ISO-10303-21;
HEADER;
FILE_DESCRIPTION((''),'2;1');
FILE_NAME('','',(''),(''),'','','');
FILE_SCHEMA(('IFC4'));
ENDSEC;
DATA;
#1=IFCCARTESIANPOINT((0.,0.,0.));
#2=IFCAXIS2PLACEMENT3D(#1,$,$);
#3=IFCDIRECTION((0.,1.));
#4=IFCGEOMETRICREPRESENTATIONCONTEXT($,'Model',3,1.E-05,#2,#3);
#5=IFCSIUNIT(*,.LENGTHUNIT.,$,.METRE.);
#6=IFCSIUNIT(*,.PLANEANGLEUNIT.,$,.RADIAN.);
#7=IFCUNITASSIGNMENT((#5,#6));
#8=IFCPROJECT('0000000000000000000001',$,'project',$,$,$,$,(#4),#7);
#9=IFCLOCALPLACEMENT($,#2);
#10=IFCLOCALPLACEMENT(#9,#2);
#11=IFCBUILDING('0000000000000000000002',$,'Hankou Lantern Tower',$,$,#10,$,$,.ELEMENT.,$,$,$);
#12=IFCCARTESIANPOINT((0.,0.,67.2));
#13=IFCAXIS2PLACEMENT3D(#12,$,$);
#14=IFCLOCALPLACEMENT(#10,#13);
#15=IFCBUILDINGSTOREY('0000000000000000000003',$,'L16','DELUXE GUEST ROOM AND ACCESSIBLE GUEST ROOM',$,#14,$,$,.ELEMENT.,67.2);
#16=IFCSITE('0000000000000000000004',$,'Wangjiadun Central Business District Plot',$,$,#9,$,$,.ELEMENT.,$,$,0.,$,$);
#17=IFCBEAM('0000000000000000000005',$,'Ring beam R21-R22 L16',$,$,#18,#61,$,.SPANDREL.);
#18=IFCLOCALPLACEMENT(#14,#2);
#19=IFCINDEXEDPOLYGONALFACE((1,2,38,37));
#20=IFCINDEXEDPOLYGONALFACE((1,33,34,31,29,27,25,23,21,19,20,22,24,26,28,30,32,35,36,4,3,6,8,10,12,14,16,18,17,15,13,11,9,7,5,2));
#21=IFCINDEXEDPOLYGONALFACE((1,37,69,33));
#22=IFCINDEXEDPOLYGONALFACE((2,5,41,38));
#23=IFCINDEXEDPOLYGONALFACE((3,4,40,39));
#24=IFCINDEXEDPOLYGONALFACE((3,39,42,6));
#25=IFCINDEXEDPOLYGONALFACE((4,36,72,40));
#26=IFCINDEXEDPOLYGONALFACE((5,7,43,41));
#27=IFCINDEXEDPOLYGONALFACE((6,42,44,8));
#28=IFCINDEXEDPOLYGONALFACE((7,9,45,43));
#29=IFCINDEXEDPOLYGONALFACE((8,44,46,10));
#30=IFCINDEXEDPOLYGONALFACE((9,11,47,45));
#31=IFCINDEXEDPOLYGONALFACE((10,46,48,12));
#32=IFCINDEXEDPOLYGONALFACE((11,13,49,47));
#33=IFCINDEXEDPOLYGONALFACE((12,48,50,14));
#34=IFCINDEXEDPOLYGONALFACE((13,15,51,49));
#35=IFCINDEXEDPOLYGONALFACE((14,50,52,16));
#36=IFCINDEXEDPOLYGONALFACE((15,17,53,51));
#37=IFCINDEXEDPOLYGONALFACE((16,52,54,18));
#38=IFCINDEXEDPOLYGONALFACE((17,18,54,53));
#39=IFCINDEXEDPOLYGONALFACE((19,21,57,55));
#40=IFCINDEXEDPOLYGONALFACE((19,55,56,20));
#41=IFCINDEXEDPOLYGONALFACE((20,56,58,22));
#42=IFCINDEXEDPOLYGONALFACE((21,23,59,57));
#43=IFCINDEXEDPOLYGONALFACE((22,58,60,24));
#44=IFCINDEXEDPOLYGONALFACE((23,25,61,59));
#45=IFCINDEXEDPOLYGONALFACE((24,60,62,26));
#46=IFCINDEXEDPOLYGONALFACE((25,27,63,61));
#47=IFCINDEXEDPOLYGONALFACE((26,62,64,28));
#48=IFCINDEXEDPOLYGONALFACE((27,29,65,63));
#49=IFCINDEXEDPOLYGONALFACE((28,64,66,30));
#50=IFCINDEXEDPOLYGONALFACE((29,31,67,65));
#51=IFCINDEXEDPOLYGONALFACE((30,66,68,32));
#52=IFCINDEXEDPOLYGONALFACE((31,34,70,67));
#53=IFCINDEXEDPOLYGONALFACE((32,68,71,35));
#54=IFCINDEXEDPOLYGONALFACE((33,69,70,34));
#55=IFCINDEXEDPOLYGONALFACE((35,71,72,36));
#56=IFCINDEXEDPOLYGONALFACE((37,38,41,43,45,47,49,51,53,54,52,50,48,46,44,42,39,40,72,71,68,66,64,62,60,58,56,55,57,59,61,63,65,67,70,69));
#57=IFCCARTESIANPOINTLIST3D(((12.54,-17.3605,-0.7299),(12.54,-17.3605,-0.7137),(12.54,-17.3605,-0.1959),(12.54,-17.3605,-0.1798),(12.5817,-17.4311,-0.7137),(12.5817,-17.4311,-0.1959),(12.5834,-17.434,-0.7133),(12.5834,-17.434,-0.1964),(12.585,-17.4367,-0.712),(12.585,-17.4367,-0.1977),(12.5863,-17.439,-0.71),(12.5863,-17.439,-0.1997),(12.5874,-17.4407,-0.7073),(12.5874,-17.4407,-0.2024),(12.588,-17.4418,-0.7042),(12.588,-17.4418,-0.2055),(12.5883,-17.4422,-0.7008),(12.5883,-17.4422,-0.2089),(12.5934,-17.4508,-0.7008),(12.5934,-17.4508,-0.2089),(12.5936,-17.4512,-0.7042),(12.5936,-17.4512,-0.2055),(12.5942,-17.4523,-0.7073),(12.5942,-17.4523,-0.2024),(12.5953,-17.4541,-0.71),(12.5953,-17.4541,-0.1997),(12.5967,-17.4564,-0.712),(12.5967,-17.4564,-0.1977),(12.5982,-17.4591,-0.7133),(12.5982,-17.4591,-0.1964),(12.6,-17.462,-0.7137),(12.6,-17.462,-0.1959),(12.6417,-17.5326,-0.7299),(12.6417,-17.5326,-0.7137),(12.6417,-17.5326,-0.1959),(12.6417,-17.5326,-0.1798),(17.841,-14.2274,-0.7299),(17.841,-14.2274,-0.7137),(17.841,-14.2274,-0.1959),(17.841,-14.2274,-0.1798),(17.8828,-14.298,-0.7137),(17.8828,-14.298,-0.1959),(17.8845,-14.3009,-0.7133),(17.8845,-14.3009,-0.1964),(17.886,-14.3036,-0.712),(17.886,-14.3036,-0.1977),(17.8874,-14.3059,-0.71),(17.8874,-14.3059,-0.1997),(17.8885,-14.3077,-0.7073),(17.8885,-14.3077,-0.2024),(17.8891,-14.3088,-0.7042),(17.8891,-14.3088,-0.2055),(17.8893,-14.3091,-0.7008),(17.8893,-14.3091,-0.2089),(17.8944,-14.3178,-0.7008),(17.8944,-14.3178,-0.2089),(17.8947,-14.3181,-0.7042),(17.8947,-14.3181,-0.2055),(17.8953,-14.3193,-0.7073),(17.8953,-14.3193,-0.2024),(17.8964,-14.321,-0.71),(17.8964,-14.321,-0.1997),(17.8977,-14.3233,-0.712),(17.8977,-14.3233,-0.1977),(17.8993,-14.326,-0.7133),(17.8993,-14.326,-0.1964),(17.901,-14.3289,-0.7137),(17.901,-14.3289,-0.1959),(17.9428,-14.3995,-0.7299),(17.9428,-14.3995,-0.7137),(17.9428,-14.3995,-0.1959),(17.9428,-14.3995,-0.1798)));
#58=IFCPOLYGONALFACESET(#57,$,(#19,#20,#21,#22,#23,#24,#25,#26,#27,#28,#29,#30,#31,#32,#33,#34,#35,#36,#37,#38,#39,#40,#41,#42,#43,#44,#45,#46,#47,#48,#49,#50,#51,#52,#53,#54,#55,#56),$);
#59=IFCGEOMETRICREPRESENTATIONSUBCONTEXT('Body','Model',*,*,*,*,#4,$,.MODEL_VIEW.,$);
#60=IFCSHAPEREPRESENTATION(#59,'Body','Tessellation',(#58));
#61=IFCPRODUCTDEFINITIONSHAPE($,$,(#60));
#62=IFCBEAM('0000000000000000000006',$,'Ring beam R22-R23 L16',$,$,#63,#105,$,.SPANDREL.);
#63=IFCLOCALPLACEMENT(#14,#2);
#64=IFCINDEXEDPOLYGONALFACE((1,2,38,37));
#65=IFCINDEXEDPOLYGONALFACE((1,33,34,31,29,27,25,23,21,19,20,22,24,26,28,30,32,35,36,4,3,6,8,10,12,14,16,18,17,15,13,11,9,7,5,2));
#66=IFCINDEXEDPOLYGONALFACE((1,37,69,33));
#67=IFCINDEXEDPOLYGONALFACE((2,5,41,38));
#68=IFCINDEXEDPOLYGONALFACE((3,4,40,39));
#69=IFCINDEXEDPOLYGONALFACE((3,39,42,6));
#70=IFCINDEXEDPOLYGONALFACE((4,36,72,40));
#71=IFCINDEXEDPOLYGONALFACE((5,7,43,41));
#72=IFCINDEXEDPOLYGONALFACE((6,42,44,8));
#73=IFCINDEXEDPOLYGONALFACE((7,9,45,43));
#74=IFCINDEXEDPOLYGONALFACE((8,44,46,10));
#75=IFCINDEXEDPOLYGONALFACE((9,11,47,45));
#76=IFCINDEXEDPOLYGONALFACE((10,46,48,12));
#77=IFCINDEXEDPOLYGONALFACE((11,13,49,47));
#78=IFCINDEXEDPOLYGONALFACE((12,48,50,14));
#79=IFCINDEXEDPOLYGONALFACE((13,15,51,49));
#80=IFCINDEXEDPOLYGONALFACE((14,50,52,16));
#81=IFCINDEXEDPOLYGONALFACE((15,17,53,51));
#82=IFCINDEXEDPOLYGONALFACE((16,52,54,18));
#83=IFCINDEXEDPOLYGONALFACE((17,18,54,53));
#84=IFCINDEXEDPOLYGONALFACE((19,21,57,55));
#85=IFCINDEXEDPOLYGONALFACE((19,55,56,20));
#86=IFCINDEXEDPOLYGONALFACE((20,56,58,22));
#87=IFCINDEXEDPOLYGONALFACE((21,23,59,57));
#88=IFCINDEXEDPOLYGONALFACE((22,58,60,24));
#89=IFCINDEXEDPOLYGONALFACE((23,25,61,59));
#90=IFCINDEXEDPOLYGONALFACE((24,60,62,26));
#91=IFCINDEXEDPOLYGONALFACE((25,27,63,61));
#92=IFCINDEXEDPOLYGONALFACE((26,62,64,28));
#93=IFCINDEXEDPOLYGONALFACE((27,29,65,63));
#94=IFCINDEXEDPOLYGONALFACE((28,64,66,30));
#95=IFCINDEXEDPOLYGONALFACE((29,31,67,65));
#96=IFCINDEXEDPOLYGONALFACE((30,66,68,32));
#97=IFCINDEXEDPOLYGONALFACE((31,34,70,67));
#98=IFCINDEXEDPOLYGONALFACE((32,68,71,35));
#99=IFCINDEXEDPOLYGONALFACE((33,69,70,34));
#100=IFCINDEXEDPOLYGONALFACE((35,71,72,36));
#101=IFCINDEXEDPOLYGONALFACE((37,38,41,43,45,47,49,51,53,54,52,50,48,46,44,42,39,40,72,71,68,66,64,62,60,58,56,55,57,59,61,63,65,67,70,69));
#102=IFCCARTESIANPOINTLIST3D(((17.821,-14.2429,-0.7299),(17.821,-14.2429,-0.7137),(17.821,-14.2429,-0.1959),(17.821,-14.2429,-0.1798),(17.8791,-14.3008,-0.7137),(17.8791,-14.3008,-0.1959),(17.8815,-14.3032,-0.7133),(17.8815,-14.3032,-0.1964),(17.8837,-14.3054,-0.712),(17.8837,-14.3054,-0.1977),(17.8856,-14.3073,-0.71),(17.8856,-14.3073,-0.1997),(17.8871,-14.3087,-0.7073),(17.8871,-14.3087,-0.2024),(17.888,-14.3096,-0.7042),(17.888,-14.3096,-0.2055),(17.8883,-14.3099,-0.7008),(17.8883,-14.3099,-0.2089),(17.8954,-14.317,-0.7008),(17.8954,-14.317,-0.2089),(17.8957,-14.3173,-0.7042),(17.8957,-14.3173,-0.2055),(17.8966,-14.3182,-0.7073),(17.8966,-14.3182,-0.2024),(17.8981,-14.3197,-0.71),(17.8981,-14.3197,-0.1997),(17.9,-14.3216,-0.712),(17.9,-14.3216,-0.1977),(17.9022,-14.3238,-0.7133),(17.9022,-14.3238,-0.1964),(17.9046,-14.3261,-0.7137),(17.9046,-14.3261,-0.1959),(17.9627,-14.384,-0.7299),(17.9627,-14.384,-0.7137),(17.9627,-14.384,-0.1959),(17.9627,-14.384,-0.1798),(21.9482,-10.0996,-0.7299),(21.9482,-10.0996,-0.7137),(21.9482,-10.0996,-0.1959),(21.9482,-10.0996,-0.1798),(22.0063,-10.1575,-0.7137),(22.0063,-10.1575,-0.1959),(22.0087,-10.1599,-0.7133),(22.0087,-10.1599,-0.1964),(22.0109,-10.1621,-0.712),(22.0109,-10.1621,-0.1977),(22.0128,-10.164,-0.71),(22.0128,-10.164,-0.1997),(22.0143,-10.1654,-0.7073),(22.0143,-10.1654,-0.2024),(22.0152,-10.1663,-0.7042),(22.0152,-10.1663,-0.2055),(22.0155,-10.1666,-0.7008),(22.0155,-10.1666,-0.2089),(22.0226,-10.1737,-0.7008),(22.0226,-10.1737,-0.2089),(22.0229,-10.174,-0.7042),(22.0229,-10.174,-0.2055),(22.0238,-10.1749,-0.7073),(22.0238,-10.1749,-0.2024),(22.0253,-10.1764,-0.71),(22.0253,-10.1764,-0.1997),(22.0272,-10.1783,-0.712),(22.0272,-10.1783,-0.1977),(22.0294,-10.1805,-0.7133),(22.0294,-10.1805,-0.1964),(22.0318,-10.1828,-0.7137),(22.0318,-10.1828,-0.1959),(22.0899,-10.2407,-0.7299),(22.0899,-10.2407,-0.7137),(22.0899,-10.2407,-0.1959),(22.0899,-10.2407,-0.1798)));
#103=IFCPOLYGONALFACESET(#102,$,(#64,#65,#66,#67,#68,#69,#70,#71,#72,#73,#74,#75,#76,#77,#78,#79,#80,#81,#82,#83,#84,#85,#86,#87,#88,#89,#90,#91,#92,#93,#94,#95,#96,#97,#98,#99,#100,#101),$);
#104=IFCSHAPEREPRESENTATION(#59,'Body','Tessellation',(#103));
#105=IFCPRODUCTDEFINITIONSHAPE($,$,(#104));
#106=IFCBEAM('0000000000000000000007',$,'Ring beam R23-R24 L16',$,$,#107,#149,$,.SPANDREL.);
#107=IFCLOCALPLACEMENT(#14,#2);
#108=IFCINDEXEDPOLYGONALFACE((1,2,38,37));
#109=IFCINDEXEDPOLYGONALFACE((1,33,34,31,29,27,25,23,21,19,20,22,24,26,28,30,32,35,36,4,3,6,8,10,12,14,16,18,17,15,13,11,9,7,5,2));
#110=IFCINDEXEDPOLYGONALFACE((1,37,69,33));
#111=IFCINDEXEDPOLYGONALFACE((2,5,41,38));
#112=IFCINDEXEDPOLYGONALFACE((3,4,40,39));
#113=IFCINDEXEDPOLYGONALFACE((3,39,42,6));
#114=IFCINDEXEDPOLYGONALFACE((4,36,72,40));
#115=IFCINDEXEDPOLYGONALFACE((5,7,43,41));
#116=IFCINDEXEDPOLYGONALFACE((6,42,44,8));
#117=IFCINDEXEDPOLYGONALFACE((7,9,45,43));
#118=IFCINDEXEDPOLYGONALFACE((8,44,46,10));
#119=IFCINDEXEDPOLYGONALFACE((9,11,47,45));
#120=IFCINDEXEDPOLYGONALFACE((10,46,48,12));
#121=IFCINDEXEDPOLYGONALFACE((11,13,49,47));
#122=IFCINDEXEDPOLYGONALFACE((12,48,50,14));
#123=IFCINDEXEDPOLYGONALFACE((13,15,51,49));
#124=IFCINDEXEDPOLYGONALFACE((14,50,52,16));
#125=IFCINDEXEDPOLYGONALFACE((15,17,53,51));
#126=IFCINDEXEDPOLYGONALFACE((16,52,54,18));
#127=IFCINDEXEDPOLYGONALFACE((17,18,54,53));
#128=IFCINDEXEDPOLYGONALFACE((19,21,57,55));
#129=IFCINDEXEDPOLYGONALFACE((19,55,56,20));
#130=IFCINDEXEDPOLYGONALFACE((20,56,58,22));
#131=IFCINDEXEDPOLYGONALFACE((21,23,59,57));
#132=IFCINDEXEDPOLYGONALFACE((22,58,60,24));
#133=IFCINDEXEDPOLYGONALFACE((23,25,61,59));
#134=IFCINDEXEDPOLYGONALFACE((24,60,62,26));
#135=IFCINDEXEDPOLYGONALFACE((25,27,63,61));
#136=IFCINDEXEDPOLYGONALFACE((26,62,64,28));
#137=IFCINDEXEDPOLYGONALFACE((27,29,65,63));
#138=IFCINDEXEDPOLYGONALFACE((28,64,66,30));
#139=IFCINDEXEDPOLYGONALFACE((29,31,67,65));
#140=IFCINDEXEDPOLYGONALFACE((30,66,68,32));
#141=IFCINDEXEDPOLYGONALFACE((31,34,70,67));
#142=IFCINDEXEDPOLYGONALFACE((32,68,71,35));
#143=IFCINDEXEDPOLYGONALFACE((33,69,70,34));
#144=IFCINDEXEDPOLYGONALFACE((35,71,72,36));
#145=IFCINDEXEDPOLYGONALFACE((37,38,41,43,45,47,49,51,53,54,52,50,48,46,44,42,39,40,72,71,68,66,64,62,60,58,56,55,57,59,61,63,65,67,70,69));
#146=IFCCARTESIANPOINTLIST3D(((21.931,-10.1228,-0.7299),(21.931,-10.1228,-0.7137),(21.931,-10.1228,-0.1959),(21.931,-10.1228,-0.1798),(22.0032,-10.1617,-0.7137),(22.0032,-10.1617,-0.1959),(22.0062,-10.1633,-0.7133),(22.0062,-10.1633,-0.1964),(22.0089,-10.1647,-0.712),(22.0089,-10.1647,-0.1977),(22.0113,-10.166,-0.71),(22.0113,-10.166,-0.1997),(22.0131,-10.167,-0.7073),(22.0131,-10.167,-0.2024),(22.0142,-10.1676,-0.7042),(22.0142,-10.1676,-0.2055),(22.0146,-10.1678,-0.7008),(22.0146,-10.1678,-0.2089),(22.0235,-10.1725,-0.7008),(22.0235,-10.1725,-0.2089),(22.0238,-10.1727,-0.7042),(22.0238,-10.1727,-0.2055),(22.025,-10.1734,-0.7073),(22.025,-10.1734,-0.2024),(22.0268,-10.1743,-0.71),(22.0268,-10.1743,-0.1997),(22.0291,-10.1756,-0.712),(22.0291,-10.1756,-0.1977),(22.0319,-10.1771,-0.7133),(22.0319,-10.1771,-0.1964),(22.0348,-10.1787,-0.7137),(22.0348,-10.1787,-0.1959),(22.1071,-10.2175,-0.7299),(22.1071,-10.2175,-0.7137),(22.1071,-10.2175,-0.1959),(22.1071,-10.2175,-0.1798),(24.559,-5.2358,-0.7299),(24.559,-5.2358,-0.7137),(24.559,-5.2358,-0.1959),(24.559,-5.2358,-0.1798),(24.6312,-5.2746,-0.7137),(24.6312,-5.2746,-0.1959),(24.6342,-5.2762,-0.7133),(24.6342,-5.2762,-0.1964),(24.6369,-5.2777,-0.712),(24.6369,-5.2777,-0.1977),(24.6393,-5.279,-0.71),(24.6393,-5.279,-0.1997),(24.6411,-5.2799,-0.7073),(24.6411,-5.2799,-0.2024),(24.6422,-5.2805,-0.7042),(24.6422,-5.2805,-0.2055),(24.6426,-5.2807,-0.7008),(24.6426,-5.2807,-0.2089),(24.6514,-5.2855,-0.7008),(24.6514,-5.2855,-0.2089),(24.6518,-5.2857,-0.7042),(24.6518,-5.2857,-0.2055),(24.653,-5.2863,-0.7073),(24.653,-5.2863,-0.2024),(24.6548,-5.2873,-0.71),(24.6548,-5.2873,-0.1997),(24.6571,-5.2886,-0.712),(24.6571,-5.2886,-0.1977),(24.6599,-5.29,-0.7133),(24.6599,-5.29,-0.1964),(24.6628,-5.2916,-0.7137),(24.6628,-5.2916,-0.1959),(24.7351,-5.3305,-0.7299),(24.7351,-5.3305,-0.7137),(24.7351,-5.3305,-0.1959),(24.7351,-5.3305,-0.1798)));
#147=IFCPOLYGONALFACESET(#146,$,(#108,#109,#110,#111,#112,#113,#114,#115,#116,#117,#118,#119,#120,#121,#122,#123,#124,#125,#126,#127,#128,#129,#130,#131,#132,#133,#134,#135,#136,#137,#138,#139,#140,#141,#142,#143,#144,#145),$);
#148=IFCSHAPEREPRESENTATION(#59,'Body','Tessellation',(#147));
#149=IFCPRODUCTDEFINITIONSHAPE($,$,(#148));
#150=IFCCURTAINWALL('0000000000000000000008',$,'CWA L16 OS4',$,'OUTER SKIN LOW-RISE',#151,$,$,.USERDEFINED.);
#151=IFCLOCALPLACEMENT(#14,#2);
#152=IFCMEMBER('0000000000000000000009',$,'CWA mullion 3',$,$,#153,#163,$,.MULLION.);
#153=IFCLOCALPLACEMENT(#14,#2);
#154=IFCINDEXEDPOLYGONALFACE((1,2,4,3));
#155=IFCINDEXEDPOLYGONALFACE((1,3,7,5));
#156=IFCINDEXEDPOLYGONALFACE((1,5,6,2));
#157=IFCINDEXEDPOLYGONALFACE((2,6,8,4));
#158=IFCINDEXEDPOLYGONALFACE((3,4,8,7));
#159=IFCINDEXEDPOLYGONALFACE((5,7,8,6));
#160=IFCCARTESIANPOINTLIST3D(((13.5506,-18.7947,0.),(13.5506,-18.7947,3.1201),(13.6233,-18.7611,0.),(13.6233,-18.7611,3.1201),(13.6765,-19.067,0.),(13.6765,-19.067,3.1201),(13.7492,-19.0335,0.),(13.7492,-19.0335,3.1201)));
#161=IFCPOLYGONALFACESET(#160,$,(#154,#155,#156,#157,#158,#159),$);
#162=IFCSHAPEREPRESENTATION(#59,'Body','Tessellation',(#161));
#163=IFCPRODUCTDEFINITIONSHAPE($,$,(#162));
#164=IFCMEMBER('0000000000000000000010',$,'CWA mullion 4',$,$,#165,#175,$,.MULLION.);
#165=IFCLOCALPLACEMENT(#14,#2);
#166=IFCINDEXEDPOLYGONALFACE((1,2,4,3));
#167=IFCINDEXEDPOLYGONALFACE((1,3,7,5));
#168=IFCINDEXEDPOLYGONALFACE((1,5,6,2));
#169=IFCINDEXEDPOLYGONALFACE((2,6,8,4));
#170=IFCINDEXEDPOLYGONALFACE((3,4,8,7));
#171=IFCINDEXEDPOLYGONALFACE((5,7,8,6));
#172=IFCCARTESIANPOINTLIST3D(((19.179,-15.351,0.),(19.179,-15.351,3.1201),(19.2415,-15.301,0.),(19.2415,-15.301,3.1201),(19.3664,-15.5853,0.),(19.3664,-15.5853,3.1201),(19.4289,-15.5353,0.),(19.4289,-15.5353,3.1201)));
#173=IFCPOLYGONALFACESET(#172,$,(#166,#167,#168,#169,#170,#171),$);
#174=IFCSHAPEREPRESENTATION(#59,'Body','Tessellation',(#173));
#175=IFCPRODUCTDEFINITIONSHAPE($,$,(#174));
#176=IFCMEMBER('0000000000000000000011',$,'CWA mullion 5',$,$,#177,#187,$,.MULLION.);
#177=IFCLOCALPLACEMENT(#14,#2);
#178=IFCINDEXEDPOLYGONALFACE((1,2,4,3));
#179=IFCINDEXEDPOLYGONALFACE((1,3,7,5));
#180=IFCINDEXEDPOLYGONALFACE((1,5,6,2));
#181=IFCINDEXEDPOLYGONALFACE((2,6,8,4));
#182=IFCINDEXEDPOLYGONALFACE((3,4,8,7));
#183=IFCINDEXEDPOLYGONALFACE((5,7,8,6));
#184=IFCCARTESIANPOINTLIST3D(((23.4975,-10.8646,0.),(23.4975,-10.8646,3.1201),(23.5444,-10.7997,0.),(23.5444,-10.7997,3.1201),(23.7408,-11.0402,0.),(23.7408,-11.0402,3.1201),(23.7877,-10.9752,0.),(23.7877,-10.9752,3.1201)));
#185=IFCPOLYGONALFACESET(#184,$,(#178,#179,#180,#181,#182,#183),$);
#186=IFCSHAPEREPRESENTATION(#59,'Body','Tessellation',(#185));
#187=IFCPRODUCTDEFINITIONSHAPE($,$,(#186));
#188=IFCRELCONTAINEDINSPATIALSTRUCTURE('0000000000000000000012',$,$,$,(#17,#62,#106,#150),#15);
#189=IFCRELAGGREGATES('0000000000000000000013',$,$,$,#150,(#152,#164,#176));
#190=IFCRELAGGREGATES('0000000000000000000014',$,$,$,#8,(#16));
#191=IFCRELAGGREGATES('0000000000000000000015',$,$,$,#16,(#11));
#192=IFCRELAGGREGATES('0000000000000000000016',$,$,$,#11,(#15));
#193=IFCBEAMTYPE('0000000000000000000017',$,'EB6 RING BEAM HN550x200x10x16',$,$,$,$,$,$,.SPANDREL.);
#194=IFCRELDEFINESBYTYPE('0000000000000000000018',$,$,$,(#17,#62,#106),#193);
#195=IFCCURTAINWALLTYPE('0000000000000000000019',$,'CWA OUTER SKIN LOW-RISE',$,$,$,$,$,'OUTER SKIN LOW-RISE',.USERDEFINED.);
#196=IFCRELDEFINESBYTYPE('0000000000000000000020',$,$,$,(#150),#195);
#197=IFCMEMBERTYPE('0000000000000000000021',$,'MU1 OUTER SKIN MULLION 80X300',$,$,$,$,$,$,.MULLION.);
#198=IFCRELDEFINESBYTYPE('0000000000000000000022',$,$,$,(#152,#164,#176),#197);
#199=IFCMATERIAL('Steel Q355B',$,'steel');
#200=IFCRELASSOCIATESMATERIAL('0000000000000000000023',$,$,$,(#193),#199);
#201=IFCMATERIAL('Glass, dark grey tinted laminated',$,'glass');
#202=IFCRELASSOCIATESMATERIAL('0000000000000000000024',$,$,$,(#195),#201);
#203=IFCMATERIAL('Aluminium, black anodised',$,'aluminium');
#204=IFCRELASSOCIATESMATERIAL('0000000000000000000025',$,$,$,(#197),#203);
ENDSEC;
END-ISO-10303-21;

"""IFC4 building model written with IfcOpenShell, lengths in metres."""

from ifc_helpers import new_model, si_unit, direction, frame, origin, origin_2d, place, context, subcontext, project, spatial, rectangle, i_section, extrude, material, material_profile, profile_set, type_object, element, aggregate, save


model = new_model("IFC4")

# Units and contexts
model_context = context("Model", 3, precision=1e-05, world=origin(), true_north=direction((0.0, 1.0)))
body_context = subcontext(model_context, "Body", "Model", "MODEL_VIEW")
ifc_project = project(units=[si_unit("LENGTHUNIT", "METRE"), si_unit("PLANEANGLEUNIT", "RADIAN")], contexts=[model_context])

# Site, building, storey
site_placement = place(None, origin())
site = spatial("IfcSite", under=ifc_project, at=site_placement, Name="Wangjiadun Central Business District Plot", CompositionType="ELEMENT", RefElevation=0.0)
building_placement = place(site_placement, origin())
building = spatial("IfcBuilding", under=site, at=building_placement, Name="Hankou Lantern Tower", CompositionType="ELEMENT")
storey_placement = place(building_placement, frame((0.0, 0.0, 67.2)))
storey = spatial("IfcBuildingStorey", under=building, at=storey_placement, Name="L16", Description="DELUXE GUEST ROOM AND ACCESSIBLE GUEST ROOM", CompositionType="ELEMENT", Elevation=67.2)

# Beams
ifc_material_1 = material(Name="Steel Q355B", Category="steel")
ifc_material_profile_1 = material_profile(ifc_material_1, i_section(OverallWidth=0.2, OverallDepth=0.55, WebThickness=0.01, FlangeThickness=0.0161, FilletRadius=0.0129, at=origin_2d()), Name="HN550x200x10x16")
ifc_profile_set_1 = profile_set([ifc_material_profile_1], Name="Steel Q355B")
beam_type_1 = type_object("IfcBeamType", Name="EB6 RING BEAM HN550x200x10x16", PredefinedType="SPANDREL", material=ifc_profile_set_1)
beam_1_placement = place(storey_placement, frame((12.5908, -17.4465, -0.4548), z_axis=(0.860882, 0.508805, 0.0), x_axis=(-0.508805, 0.860882, 0.0)))
element("IfcBeam", 1, at=beam_1_placement, inside=storey, type_object=beam_type_1, Name="Ring beam R21-R22 L16", PredefinedType="SPANDREL", context=body_context, shape_type="SweptSolid", body=[
    extrude(i_section(OverallWidth=0.2, OverallDepth=0.55, WebThickness=0.01, FlangeThickness=0.0161, FilletRadius=0.0129, at=origin_2d()), origin(), (0.0, 0.0, 1.0), 6.1577),
])
beam_2_placement = place(storey_placement, frame((17.8918, -14.3135, -0.4548), z_axis=(0.705728, 0.708483, 0.0), x_axis=(-0.708483, 0.705728, 0.0)))
element("IfcBeam", 2, at=beam_2_placement, inside=storey, type_object=beam_type_1, Name="Ring beam R22-R23 L16", PredefinedType="SPANDREL", context=body_context, shape_type="SweptSolid", body=[
    extrude(i_section(OverallWidth=0.2, OverallDepth=0.55, WebThickness=0.01, FlangeThickness=0.0161, FilletRadius=0.0129, at=origin_2d()), origin(), (0.0, 0.0, 1.0), 5.8481),
])
beam_3_placement = place(storey_placement, frame((22.019, -10.1702, -0.4548), z_axis=(0.473609, 0.880735, 0.0), x_axis=(-0.880735, 0.473609, 0.0)))
element("IfcBeam", 3, at=beam_3_placement, inside=storey, type_object=beam_type_1, Name="Ring beam R23-R24 L16", PredefinedType="SPANDREL", context=body_context, shape_type="SweptSolid", body=[
    extrude(i_section(OverallWidth=0.2, OverallDepth=0.55, WebThickness=0.01, FlangeThickness=0.0161, FilletRadius=0.0129, at=origin_2d()), origin(), (0.0, 0.0, 1.0), 5.5488),
])

# Curtain wall, members
ifc_material_2 = material(Name="Glass, dark grey tinted laminated", Category="glass")
curtain_wall_type = type_object("IfcCurtainWallType", Name="CWA OUTER SKIN LOW-RISE", ElementType="OUTER SKIN LOW-RISE", PredefinedType="USERDEFINED", material=ifc_material_2)
curtain_wall_placement = place(storey_placement, origin())
curtain_wall = element("IfcCurtainWall", 4, at=curtain_wall_placement, inside=storey, type_object=curtain_wall_type, Name="CWA L16 OS4", ObjectType="OUTER SKIN LOW-RISE", PredefinedType="USERDEFINED")
ifc_material_3 = material(Name="Aluminium, black anodised", Category="aluminium")
ifc_material_profile_2 = material_profile(ifc_material_3, rectangle(XDim=0.0801, YDim=0.3, at=origin_2d()), Name="MU1 80X300")
ifc_profile_set_2 = profile_set([ifc_material_profile_2], Name="Aluminium, black anodised")
member_type_1 = type_object("IfcMemberType", Name="MU1 OUTER SKIN MULLION 80X300", PredefinedType="MULLION", material=ifc_profile_set_2)
member_1_placement = place(storey_placement, frame((13.6499, -18.9141, 0.0), z_axis=(0.0, 0.0, 1.0), x_axis=(0.907841, 0.419314, 0.0)))
member_1 = element("IfcMember", 5, at=member_1_placement, type_object=member_type_1, Name="CWA mullion 3", PredefinedType="MULLION", context=body_context, shape_type="SweptSolid", body=[
    extrude(rectangle(XDim=0.0801, YDim=0.3, at=origin_2d()), origin(), (0.0, 0.0, 1.0), 3.1201),
])
member_2_placement = place(storey_placement, frame((19.304, -15.4431, 0.0), z_axis=(0.0, 0.0, 1.0), x_axis=(0.780869, 0.624695, 0.0)))
member_2 = element("IfcMember", 6, at=member_2_placement, type_object=member_type_1, Name="CWA mullion 4", PredefinedType="MULLION", context=body_context, shape_type="SweptSolid", body=[
    extrude(rectangle(XDim=0.0801, YDim=0.3, at=origin_2d()), origin(), (0.0, 0.0, 1.0), 3.1201),
])
member_3_placement = place(storey_placement, frame((23.6426, -10.9199, 0.0), z_axis=(0.0, 0.0, 1.0), x_axis=(0.585206, 0.810885, 0.0)))
member_3 = element("IfcMember", 7, at=member_3_placement, type_object=member_type_1, Name="CWA mullion 5", PredefinedType="MULLION", context=body_context, shape_type="SweptSolid", body=[
    extrude(rectangle(XDim=0.0801, YDim=0.3, at=origin_2d()), origin(), (0.0, 0.0, 1.0), 3.1201),
])

aggregate(curtain_wall, [member_1, member_2, member_3])

save(model, "model.ifc")
